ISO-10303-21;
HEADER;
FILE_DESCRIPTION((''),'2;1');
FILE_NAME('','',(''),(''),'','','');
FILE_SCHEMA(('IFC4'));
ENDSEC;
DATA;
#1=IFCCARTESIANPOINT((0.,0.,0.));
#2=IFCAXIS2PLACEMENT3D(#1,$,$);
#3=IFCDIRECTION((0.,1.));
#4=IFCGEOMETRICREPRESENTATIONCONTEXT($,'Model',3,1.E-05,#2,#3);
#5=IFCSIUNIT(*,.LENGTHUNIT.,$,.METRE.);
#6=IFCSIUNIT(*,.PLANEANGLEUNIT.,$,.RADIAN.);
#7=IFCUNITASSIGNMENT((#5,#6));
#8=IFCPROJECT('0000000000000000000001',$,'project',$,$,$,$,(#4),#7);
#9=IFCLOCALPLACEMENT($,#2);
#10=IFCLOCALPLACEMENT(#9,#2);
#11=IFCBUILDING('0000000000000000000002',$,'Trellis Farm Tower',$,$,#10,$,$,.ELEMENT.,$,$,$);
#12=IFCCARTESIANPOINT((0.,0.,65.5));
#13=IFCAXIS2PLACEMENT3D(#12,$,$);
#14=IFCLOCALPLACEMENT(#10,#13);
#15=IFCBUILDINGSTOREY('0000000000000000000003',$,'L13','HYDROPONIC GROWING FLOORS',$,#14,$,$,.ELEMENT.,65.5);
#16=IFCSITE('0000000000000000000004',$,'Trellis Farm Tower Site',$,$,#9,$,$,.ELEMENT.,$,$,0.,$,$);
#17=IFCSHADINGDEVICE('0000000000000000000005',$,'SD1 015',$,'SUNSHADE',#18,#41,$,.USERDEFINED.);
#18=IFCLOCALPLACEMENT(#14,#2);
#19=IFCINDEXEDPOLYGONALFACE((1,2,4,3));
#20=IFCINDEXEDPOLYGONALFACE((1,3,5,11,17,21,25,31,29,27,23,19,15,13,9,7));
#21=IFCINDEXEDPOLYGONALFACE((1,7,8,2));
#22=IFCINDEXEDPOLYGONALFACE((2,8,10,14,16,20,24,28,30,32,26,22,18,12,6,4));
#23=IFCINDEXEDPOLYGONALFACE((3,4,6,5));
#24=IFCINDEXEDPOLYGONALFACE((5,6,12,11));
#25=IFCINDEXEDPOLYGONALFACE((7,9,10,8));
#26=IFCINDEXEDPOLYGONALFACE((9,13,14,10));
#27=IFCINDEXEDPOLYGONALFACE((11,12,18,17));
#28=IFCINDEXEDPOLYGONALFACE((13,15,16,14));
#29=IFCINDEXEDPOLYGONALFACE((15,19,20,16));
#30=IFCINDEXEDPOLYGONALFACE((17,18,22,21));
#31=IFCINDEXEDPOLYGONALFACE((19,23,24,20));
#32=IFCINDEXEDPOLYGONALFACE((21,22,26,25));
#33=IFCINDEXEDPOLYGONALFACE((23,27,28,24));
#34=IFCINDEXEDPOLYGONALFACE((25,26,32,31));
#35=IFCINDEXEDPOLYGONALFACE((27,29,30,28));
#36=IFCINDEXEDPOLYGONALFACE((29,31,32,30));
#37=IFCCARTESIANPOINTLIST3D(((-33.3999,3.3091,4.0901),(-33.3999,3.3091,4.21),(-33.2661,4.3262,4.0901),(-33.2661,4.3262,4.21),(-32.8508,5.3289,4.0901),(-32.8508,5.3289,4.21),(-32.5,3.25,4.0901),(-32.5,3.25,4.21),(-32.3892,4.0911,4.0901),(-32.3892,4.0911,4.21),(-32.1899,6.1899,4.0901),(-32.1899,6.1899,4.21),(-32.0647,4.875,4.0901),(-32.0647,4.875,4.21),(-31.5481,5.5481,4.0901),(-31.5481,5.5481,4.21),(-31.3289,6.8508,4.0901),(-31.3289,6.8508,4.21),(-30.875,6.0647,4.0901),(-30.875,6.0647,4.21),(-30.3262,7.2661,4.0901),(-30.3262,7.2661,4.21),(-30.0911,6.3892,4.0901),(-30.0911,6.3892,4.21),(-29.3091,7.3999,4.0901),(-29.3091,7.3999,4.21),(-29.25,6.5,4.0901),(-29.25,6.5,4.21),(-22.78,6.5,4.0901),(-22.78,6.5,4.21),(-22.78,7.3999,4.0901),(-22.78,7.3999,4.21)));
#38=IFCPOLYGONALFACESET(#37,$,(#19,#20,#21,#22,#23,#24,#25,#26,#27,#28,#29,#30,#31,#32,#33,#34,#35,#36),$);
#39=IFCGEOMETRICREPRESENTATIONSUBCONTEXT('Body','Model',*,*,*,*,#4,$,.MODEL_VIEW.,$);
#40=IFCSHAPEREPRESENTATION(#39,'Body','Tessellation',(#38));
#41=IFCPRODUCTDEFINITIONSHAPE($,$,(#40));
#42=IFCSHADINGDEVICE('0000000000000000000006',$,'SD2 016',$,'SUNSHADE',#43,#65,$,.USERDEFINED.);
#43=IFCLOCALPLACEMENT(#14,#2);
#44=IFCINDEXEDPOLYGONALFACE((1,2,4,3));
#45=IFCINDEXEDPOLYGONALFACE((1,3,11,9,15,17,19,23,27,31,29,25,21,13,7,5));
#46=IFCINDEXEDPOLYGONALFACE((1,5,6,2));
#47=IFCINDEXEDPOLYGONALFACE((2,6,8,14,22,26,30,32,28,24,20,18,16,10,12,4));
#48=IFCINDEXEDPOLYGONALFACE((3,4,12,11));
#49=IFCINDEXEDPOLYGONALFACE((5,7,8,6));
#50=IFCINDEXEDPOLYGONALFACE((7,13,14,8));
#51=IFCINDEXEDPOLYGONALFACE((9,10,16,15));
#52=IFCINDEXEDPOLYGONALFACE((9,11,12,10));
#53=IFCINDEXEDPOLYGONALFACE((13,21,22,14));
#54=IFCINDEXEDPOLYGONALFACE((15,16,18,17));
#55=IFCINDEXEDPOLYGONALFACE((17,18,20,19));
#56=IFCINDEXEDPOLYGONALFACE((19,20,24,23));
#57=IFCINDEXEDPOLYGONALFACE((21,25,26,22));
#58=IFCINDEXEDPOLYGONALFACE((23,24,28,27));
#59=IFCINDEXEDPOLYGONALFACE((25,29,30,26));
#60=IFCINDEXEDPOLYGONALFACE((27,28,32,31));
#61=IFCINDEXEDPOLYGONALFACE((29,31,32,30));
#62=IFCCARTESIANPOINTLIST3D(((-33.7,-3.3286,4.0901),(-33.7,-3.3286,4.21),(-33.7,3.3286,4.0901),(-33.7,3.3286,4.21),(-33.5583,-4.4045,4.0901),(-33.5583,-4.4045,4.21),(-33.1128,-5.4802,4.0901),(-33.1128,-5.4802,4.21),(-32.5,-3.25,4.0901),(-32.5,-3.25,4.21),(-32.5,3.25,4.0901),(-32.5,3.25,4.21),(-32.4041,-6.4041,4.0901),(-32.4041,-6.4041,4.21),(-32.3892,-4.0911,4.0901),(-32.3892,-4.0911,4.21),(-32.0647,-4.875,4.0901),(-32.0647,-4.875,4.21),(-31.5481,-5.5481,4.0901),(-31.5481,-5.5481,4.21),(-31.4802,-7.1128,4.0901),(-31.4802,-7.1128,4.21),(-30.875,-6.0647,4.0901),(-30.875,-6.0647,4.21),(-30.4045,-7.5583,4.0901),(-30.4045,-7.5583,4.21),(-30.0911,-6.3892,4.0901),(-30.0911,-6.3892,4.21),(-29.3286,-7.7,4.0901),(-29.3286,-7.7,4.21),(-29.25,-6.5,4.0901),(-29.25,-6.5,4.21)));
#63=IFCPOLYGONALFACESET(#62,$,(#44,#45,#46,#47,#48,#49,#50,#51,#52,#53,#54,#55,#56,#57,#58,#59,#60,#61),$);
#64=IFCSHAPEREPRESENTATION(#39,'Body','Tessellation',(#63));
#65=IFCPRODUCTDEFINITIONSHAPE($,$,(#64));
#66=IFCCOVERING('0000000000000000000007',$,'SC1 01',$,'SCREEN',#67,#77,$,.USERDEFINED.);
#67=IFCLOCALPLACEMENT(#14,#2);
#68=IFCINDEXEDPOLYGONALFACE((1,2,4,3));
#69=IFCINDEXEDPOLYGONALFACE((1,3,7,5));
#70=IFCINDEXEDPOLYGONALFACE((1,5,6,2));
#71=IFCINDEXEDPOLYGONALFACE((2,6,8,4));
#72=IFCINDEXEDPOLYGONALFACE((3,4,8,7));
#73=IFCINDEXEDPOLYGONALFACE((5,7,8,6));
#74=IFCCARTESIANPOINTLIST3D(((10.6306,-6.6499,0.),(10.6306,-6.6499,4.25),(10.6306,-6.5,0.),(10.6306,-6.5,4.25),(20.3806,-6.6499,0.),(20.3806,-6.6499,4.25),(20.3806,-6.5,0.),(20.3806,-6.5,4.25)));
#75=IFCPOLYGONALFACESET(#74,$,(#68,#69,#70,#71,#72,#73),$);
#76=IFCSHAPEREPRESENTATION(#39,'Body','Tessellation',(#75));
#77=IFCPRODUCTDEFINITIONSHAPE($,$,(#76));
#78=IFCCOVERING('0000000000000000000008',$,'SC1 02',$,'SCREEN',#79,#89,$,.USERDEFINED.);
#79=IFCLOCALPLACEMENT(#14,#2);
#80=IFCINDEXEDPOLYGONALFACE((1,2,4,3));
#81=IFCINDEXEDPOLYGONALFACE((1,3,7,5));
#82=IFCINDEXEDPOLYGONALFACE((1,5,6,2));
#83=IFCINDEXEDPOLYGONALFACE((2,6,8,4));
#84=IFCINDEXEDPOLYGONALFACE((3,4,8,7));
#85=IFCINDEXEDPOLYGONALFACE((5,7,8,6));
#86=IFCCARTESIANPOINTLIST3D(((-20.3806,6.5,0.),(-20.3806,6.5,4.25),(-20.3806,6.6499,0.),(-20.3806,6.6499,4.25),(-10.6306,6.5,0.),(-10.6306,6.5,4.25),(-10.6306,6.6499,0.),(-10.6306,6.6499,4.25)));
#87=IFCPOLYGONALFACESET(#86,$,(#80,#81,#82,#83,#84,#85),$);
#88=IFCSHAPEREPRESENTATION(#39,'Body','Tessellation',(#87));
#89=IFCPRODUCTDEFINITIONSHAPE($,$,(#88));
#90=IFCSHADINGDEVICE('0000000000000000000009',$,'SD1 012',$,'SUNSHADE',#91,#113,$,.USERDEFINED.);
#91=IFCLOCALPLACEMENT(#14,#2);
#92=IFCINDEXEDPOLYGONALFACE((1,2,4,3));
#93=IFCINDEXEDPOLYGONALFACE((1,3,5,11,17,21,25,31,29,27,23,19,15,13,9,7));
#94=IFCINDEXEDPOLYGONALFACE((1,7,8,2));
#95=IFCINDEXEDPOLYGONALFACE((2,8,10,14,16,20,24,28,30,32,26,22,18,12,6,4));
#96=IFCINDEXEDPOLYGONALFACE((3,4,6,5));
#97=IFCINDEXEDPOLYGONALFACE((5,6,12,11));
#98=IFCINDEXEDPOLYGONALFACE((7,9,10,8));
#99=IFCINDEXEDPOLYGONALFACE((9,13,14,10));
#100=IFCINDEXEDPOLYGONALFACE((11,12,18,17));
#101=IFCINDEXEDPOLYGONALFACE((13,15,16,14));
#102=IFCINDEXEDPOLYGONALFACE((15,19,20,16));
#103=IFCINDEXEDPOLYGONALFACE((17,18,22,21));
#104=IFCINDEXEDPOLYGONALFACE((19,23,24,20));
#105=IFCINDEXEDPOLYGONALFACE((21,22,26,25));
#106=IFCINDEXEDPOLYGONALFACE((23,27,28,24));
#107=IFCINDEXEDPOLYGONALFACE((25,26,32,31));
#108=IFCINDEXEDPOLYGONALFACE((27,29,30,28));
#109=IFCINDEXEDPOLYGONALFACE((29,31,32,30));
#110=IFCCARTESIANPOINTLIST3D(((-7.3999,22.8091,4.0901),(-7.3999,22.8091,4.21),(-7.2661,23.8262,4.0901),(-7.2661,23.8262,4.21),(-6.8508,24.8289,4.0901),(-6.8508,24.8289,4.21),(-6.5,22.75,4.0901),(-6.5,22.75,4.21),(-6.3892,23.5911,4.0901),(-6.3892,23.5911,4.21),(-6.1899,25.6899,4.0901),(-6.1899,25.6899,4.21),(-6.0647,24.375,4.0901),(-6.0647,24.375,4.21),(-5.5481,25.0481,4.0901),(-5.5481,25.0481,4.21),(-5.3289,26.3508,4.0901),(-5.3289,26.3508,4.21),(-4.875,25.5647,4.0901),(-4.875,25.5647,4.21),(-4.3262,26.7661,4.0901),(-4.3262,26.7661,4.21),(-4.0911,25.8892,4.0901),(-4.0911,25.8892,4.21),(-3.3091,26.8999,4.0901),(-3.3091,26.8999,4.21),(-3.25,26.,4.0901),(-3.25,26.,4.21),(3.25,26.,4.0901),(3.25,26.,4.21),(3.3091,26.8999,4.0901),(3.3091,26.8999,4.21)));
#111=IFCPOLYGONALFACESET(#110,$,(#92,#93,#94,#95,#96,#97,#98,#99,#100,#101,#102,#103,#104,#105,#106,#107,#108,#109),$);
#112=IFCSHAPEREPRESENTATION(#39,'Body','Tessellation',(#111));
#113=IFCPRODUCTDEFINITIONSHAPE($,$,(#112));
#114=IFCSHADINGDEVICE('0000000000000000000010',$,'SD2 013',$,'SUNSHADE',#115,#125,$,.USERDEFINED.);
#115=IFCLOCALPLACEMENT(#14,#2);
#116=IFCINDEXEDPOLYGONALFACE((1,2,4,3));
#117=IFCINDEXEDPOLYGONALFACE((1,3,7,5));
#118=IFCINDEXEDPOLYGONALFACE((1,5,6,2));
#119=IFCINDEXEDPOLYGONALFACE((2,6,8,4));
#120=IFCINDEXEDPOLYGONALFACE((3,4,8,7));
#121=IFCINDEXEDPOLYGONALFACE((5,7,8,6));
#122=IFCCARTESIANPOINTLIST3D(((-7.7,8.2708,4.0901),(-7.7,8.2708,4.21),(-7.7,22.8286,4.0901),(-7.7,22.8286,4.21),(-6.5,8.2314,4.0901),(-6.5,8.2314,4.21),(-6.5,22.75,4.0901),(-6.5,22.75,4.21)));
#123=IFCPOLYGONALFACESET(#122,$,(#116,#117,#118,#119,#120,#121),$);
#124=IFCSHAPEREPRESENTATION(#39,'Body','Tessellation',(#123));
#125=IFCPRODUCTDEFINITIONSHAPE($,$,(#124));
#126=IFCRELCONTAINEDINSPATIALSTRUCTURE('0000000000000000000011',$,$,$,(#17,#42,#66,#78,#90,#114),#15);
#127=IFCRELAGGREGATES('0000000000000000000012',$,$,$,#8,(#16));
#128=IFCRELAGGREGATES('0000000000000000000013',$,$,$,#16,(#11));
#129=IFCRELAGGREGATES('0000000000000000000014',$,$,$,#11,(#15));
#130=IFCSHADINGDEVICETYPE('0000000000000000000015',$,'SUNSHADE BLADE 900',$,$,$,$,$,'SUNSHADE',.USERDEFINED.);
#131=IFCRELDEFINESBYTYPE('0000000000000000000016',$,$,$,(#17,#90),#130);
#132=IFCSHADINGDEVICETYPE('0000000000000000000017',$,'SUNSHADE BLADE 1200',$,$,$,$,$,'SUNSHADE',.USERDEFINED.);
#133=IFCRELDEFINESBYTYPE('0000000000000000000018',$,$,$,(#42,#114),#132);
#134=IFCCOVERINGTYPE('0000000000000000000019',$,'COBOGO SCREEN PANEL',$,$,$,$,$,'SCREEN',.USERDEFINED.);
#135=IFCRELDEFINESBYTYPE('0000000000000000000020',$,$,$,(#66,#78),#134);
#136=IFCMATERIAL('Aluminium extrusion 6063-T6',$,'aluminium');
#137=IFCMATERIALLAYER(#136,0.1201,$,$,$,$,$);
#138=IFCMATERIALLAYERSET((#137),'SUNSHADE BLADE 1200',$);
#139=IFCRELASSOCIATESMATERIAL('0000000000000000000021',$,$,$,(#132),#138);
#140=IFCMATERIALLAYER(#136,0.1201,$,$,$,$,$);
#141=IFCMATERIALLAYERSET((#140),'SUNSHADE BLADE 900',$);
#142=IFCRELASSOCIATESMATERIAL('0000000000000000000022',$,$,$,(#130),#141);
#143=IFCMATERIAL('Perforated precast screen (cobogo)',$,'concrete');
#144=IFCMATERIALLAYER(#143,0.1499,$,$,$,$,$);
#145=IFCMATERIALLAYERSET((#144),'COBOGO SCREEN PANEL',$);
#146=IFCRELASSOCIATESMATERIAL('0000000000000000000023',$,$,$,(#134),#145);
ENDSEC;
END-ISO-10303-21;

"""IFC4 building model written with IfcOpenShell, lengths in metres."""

from ifc_helpers import new_model, si_unit, direction, frame, origin, place, context, subcontext, project, spatial, polyline, outline, extrude, source, transform, mapped, material, layer, layer_set, type_object, element, save


model = new_model("IFC4")

# Units and contexts
model_context = context("Model", 3, precision=1e-05, world=origin(), true_north=direction((0.0, 1.0)))
body_context = subcontext(model_context, "Body", "Model", "MODEL_VIEW")
ifc_project = project(units=[si_unit("LENGTHUNIT", "METRE"), si_unit("PLANEANGLEUNIT", "RADIAN")], contexts=[model_context])

# Site, building, storey
site_placement = place(None, origin())
site = spatial("IfcSite", under=ifc_project, at=site_placement, Name="Trellis Farm Tower Site", CompositionType="ELEMENT", RefElevation=0.0)
building_placement = place(site_placement, origin())
building = spatial("IfcBuilding", under=site, at=building_placement, Name="Trellis Farm Tower", CompositionType="ELEMENT")
storey_placement = place(building_placement, frame((0.0, 0.0, 65.5)))
storey = spatial("IfcBuildingStorey", under=building, at=storey_placement, Name="L13", Description="HYDROPONIC GROWING FLOORS", CompositionType="ELEMENT", Elevation=65.5)

# Shared definitions
placement_1 = place(storey_placement, origin())
ifc_material_1 = material(Name="Aluminium extrusion 6063-T6", Category="aluminium")

# Shading devices
ifc_layer_1 = layer(ifc_material_1, 0.1201)
ifc_layer_set_1 = layer_set([ifc_layer_1], Name="SUNSHADE BLADE 1200")
shading_device_type_1 = type_object("IfcShadingDeviceType", Name="SUNSHADE BLADE 1200", ElementType="SUNSHADE", PredefinedType="USERDEFINED", material=ifc_layer_set_1)
placement_2 = place(storey_placement, frame((0.0, 0.0, 4.0901)))
ifc_layer_2 = layer(ifc_material_1, 0.1201)
ifc_layer_set_2 = layer_set([ifc_layer_2], Name="SUNSHADE BLADE 900")
shading_device_type_2 = type_object("IfcShadingDeviceType", Name="SUNSHADE BLADE 900", ElementType="SUNSHADE", PredefinedType="USERDEFINED", material=ifc_layer_set_2)
shared_shape_1 = source(origin(), body_context, "Body", "SweptSolid", [
    extrude(outline(polyline([(-22.78, 7.3999), (-29.3091, 7.3999), (-30.3262, 7.2661), (-31.3289, 6.8508), (-32.1899, 6.1899), (-32.8508, 5.3289), (-33.2661, 4.3262), (-33.3999, 3.3091), (-32.5, 3.25), (-32.3892, 4.0911), (-32.0647, 4.875), (-31.5481, 5.5481), (-30.875, 6.0647), (-30.0911, 6.3892), (-29.25, 6.5), (-22.78, 6.5), (-22.78, 7.3999)])), origin(), (0.0, 0.0, 1.0), 0.1199),
])
element("IfcShadingDevice", 1, at=placement_2, inside=storey, type_object=shading_device_type_2, Name="SD1 015", ObjectType="SUNSHADE", PredefinedType="USERDEFINED", context=body_context, shape_type="MappedRepresentation", body=[
    mapped(shared_shape_1, transform((0.0, 0.0, 0.0))),
])
shared_shape_2 = source(origin(), body_context, "Body", "SweptSolid", [
    extrude(outline(polyline([(-33.7, 3.3286), (-33.7, -3.3286), (-33.5583, -4.4045), (-33.1128, -5.4802), (-32.4041, -6.4041), (-31.4802, -7.1128), (-30.4045, -7.5583), (-29.3286, -7.7), (-29.25, -6.5), (-30.0911, -6.3892), (-30.875, -6.0647), (-31.5481, -5.5481), (-32.0647, -4.875), (-32.3892, -4.0911), (-32.5, -3.25), (-32.5, 3.25), (-33.7, 3.3286)])), origin(), (0.0, 0.0, 1.0), 0.1199),
])
element("IfcShadingDevice", 2, at=placement_2, inside=storey, type_object=shading_device_type_1, Name="SD2 016", ObjectType="SUNSHADE", PredefinedType="USERDEFINED", context=body_context, shape_type="MappedRepresentation", body=[
    mapped(shared_shape_2, transform((0.0, 0.0, 0.0))),
])

# Coverings
ifc_material_2 = material(Name="Perforated precast screen (cobogo)", Category="concrete")
ifc_layer_3 = layer(ifc_material_2, 0.1499)
ifc_layer_set_3 = layer_set([ifc_layer_3], Name="COBOGO SCREEN PANEL")
covering_type = type_object("IfcCoveringType", Name="COBOGO SCREEN PANEL", ElementType="SCREEN", PredefinedType="USERDEFINED", material=ifc_layer_set_3)
shared_shape_3 = source(origin(), body_context, "Body", "SweptSolid", [
    extrude(outline(polyline([(10.6306, -6.6499), (20.3806, -6.6499), (20.3806, -6.5), (10.6306, -6.5), (10.6306, -6.6499)])), origin(), (0.0, 0.0, 1.0), 4.25),
])
element("IfcCovering", 3, at=placement_1, inside=storey, type_object=covering_type, Name="SC1 01", ObjectType="SCREEN", PredefinedType="USERDEFINED", context=body_context, shape_type="MappedRepresentation", body=[
    mapped(shared_shape_3, transform((0.0, 0.0, 0.0))),
])
shared_shape_4 = source(origin(), body_context, "Body", "SweptSolid", [
    extrude(outline(polyline([(-10.6306, 6.6499), (-20.3806, 6.6499), (-20.3806, 6.5), (-10.6306, 6.5), (-10.6306, 6.6499)])), origin(), (0.0, 0.0, 1.0), 4.25),
])
element("IfcCovering", 4, at=placement_1, inside=storey, type_object=covering_type, Name="SC1 02", ObjectType="SCREEN", PredefinedType="USERDEFINED", context=body_context, shape_type="MappedRepresentation", body=[
    mapped(shared_shape_4, transform((0.0, 0.0, 0.0))),
])

# Shading devices
shared_shape_5 = source(origin(), body_context, "Body", "SweptSolid", [
    extrude(outline(polyline([(3.3091, 26.8999), (-3.3091, 26.8999), (-4.3262, 26.7661), (-5.3289, 26.3508), (-6.1899, 25.6899), (-6.8508, 24.8289), (-7.2661, 23.8262), (-7.3999, 22.8091), (-6.5, 22.75), (-6.3892, 23.5911), (-6.0647, 24.375), (-5.5481, 25.0481), (-4.875, 25.5647), (-4.0911, 25.8892), (-3.25, 26.0), (3.25, 26.0), (3.3091, 26.8999)])), origin(), (0.0, 0.0, 1.0), 0.1199),
])
element("IfcShadingDevice", 5, at=placement_2, inside=storey, type_object=shading_device_type_2, Name="SD1 012", ObjectType="SUNSHADE", PredefinedType="USERDEFINED", context=body_context, shape_type="MappedRepresentation", body=[
    mapped(shared_shape_5, transform((0.0, 0.0, 0.0))),
])
shared_shape_6 = source(origin(), body_context, "Body", "SweptSolid", [
    extrude(outline(polyline([(-7.7, 22.8286), (-7.7, 8.2708), (-6.5, 8.2314), (-6.5, 22.75), (-7.7, 22.8286)])), origin(), (0.0, 0.0, 1.0), 0.1199),
])
element("IfcShadingDevice", 6, at=placement_2, inside=storey, type_object=shading_device_type_1, Name="SD2 013", ObjectType="SUNSHADE", PredefinedType="USERDEFINED", context=body_context, shape_type="MappedRepresentation", body=[
    mapped(shared_shape_6, transform((0.0, 0.0, 0.0))),
])

save(model, "model.ifc")
